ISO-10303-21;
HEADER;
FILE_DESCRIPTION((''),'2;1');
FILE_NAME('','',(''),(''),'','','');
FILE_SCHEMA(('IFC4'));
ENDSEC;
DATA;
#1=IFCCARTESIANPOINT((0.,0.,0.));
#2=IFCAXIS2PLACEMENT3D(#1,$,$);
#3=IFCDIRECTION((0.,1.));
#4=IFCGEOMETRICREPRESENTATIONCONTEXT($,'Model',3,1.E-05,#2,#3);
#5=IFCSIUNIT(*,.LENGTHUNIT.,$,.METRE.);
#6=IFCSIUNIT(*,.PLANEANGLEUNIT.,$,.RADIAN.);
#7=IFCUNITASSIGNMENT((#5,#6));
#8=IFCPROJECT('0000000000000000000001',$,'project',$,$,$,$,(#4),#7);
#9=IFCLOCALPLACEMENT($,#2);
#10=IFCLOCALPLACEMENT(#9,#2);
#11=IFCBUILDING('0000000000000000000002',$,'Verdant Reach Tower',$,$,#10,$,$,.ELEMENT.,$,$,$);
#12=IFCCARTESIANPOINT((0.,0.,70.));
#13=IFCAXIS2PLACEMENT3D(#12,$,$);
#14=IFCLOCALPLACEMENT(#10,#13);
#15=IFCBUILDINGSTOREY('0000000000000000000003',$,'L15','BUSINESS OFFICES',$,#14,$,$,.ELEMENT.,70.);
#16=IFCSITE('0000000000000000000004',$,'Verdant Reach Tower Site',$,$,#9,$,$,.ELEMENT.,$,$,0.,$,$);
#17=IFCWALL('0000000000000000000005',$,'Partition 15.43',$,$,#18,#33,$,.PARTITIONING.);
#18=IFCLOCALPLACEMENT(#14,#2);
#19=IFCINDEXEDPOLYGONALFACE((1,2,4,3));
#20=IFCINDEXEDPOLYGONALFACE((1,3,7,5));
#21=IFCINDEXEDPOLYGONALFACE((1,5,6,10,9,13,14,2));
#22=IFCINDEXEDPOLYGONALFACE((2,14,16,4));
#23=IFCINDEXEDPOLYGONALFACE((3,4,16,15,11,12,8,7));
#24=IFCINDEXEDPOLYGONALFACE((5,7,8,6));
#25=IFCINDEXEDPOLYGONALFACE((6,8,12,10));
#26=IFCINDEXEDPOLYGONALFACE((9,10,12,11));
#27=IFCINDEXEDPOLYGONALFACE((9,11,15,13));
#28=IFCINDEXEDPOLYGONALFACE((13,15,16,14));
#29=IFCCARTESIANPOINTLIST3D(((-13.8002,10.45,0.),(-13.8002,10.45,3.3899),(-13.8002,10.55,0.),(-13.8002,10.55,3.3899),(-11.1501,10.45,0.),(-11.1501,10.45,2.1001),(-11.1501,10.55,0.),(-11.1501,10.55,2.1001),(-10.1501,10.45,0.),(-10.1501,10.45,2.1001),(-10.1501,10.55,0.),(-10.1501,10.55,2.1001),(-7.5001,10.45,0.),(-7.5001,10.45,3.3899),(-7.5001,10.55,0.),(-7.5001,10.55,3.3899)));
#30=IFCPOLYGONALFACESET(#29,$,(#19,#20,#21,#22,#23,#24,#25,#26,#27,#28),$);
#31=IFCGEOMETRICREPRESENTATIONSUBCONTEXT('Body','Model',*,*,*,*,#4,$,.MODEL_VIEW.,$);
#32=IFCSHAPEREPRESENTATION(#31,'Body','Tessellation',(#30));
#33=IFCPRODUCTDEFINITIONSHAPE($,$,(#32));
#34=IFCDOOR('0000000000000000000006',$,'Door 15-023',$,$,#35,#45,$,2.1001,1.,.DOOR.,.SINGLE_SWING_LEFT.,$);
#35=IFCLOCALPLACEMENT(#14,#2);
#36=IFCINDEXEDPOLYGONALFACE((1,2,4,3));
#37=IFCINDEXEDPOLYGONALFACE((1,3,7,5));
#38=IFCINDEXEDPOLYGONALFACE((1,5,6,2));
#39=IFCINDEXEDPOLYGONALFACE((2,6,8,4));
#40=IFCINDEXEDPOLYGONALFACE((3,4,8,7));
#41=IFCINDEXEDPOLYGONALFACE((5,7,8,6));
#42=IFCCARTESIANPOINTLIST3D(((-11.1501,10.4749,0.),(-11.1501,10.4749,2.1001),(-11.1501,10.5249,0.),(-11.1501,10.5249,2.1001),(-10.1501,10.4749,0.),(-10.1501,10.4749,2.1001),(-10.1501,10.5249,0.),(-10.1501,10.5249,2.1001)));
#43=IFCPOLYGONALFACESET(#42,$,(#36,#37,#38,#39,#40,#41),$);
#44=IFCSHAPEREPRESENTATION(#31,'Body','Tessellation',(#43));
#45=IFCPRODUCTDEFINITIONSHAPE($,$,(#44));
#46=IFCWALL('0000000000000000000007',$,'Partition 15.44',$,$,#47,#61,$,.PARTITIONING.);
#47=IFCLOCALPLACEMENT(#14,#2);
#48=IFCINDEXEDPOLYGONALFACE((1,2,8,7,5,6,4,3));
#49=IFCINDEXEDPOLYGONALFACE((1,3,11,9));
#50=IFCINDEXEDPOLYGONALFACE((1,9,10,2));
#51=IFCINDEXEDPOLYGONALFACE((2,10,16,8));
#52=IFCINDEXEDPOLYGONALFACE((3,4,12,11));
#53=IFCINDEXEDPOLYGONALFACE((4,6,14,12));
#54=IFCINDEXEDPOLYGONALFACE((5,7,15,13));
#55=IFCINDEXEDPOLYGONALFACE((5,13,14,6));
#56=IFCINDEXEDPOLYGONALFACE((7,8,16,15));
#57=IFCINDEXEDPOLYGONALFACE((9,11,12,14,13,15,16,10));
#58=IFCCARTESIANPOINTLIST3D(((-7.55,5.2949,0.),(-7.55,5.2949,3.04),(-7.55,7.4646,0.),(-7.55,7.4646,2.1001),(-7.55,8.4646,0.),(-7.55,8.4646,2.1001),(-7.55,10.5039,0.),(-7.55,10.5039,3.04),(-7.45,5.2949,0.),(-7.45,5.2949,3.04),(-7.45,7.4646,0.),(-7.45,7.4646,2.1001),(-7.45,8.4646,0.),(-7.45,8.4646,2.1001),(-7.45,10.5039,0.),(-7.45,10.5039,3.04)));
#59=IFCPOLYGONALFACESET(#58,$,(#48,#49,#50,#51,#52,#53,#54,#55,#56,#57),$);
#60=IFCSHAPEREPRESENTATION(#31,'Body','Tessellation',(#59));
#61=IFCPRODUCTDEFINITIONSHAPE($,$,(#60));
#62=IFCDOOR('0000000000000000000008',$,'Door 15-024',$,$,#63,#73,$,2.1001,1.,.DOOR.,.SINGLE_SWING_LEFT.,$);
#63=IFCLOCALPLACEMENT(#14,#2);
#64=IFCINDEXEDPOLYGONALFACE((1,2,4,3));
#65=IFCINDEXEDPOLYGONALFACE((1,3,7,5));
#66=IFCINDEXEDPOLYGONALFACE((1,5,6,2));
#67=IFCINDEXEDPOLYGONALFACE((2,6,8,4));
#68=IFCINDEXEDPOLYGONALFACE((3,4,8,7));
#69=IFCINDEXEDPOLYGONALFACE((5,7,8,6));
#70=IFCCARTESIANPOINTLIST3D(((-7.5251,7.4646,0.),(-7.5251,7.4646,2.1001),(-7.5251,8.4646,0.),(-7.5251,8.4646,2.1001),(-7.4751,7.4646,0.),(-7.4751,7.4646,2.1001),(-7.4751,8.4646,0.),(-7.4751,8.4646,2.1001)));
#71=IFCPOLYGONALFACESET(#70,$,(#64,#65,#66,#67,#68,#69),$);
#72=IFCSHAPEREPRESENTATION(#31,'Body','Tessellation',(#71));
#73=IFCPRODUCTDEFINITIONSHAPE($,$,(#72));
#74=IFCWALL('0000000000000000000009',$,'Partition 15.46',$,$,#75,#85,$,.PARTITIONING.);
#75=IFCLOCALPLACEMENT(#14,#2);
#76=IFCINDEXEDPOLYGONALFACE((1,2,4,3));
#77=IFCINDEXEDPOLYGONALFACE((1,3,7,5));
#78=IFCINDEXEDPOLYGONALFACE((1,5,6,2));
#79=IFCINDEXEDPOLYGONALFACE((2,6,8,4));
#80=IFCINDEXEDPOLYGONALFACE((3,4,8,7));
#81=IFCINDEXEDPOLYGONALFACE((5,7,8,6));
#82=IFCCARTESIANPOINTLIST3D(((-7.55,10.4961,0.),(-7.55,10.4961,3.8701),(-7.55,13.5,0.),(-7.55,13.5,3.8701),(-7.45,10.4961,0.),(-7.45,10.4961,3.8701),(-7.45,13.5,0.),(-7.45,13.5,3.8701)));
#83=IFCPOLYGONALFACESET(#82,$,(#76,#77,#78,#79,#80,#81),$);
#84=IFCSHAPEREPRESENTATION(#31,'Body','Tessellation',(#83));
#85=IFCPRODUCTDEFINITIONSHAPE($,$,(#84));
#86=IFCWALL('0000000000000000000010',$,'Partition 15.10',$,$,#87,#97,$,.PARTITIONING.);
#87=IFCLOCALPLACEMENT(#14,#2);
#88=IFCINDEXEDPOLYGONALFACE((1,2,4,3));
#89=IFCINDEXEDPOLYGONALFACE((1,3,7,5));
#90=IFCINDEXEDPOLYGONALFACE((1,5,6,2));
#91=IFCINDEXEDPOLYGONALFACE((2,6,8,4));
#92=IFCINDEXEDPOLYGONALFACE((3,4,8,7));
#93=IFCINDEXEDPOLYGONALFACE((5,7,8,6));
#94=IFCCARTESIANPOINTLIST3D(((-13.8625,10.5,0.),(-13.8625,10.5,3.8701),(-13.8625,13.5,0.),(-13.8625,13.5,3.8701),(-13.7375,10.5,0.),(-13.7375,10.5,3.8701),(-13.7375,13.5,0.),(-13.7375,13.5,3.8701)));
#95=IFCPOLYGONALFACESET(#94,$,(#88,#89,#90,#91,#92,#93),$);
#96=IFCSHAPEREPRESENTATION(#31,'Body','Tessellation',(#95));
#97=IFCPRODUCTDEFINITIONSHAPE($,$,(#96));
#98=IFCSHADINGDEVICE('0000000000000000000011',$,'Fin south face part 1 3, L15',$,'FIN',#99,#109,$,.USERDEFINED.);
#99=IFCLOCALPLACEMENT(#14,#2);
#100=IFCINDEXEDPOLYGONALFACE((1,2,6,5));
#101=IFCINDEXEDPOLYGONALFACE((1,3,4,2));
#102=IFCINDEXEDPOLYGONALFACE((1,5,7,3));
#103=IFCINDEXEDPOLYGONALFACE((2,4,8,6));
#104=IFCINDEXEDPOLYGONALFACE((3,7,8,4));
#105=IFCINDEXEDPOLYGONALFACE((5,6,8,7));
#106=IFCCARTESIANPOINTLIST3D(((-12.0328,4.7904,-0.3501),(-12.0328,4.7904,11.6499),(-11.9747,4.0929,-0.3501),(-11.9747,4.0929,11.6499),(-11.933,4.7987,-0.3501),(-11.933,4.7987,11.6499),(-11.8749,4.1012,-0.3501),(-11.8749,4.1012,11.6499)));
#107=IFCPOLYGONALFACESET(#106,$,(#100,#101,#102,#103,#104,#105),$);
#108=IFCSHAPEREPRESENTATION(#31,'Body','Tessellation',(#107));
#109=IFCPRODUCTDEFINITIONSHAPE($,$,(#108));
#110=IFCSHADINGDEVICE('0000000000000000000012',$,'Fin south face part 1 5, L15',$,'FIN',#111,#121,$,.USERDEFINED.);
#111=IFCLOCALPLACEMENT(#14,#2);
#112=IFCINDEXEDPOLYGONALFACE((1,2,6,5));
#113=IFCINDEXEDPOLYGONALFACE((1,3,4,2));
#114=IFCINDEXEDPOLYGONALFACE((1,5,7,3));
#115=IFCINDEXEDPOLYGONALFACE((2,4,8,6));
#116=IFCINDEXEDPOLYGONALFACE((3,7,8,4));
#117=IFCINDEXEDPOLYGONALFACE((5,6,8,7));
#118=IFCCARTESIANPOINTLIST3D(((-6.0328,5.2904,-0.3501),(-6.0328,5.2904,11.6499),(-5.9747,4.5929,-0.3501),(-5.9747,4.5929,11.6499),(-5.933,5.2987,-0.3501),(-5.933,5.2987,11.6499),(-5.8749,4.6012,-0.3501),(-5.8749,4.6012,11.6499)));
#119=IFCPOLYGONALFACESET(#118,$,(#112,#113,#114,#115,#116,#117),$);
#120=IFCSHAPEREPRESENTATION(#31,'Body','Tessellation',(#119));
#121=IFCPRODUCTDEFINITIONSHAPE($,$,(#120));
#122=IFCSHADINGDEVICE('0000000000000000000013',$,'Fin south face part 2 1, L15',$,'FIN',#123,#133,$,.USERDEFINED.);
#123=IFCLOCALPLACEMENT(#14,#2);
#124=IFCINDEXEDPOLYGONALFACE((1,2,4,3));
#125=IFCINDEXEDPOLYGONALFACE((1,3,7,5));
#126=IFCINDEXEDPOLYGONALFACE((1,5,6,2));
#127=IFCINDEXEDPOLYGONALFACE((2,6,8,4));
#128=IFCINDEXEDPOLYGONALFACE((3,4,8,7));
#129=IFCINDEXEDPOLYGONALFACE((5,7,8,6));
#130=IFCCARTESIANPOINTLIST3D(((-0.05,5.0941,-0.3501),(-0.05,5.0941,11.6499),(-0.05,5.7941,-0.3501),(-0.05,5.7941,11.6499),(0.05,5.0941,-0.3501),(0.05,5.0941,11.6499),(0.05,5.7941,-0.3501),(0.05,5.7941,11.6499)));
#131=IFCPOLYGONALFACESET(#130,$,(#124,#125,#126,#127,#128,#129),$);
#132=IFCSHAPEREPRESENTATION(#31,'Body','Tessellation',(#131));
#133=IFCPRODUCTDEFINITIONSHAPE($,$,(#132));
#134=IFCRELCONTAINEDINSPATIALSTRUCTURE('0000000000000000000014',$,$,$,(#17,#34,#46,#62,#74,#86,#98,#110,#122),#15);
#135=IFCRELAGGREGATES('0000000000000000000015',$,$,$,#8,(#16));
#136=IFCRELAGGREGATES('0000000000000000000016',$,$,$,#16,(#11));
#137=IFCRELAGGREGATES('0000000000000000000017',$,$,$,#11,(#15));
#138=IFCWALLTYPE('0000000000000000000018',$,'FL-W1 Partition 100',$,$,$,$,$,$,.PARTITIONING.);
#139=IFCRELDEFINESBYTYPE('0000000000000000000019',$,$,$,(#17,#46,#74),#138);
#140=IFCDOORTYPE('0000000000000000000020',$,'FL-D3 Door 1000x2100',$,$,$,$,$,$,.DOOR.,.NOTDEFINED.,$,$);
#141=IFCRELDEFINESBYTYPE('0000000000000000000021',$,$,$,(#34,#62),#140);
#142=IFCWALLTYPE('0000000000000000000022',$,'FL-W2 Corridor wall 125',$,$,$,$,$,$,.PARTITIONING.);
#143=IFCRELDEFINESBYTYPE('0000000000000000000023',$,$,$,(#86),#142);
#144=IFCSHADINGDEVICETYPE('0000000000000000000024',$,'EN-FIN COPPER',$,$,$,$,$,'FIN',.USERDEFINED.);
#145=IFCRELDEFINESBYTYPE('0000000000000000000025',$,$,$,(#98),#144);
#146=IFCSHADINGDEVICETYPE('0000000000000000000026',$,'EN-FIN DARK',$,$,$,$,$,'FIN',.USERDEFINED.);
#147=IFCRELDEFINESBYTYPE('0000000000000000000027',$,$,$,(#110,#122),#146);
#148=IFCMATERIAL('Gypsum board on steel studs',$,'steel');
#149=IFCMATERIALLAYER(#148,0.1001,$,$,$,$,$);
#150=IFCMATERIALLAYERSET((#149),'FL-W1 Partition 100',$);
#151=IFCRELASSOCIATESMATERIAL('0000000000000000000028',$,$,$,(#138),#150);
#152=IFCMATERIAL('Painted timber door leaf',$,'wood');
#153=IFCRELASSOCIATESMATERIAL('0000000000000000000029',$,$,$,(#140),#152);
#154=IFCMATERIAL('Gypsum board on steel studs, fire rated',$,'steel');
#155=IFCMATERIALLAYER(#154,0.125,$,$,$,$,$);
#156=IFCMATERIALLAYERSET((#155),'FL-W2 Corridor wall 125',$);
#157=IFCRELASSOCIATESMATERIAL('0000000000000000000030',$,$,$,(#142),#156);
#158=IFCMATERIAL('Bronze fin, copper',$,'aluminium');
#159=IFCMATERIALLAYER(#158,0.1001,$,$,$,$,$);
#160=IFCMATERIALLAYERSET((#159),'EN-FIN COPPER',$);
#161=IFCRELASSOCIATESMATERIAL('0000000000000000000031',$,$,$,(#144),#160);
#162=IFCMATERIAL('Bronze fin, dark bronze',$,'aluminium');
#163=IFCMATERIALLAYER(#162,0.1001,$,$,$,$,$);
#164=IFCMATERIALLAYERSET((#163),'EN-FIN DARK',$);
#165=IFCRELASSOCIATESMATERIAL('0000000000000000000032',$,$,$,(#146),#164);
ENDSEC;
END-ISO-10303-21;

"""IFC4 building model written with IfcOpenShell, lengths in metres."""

from ifc_helpers import new_model, si_unit, direction, frame, frame_2d, origin, origin_2d, place, context, subcontext, project, spatial, rectangle, extrude, material, layer, layer_set, type_object, element, fill, save


model = new_model("IFC4")

# Units and contexts
model_context = context("Model", 3, precision=1e-05, world=origin(), true_north=direction((0.0, 1.0)))
body_context = subcontext(model_context, "Body", "Model", "MODEL_VIEW")
ifc_project = project(units=[si_unit("LENGTHUNIT", "METRE"), si_unit("PLANEANGLEUNIT", "RADIAN")], contexts=[model_context])

# Site, building, storey
site_placement = place(None, origin())
site = spatial("IfcSite", under=ifc_project, at=site_placement, Name="Verdant Reach Tower Site", CompositionType="ELEMENT", RefElevation=0.0)
building_placement = place(site_placement, origin())
building = spatial("IfcBuilding", under=site, at=building_placement, Name="Verdant Reach Tower", CompositionType="ELEMENT")
storey_placement = place(building_placement, frame((0.0, 0.0, 70.0)))
storey = spatial("IfcBuildingStorey", under=building, at=storey_placement, Name="L15", Description="BUSINESS OFFICES", CompositionType="ELEMENT", Elevation=70.0)

# Walls, openings, doors
ifc_material_1 = material(Name="Gypsum board on steel studs", Category="steel")
ifc_layer_1 = layer(ifc_material_1, 0.1001)
ifc_layer_set_1 = layer_set([ifc_layer_1], Name="FL-W1 Partition 100")
wall_type_1 = type_object("IfcWallType", Name="FL-W1 Partition 100", PredefinedType="PARTITIONING", material=ifc_layer_set_1)
wall_1_placement = place(storey_placement, frame((-13.8, 10.5, 0.0), z_axis=(0.0, 0.0, 1.0), x_axis=(1.0, 0.0, 0.0)))
wall_1 = element("IfcWall", 1, at=wall_1_placement, inside=storey, type_object=wall_type_1, Name="Partition 15.43", PredefinedType="PARTITIONING", context=body_context, shape_type="SweptSolid", body=[
    extrude(rectangle(XDim=6.3, YDim=0.1001, at=frame_2d((3.1499, 0.0))), origin(), (0.0, 0.0, 1.0), 3.3899),
])
opening_1_placement = place(wall_1_placement, frame((2.6499, 0.0, 0.0)))
opening_1 = element("IfcOpeningElement", 2, at=opening_1_placement, cuts=wall_1, PredefinedType="OPENING", context=body_context, shape_type="SweptSolid", body=[
    extrude(rectangle(XDim=1.0, YDim=2.1001, at=frame_2d((0.5, 1.05))), frame((0.0, 0.0601, 0.0), z_axis=(0.0, -1.0, 0.0), x_axis=(1.0, 0.0, 0.0)), (0.0, 0.0, 1.0), 0.1201),
])
ifc_material_2 = material(Name="Painted timber door leaf", Category="wood")
door_type = type_object("IfcDoorType", Name="FL-D3 Door 1000x2100", OperationType="NOTDEFINED", PredefinedType="DOOR", material=ifc_material_2)
door_1_placement = place(opening_1_placement, origin())
door_1 = element("IfcDoor", 3, at=door_1_placement, inside=storey, type_object=door_type, Name="Door 15-023", OperationType="SINGLE_SWING_LEFT", OverallHeight=2.1001, OverallWidth=1.0, PredefinedType="DOOR", context=body_context, shape_type="SweptSolid", body=[
    extrude(rectangle(XDim=1.0, YDim=2.1001, at=frame_2d((0.5, 1.05))), frame((0.0, 0.0249, 0.0), z_axis=(0.0, -1.0, 0.0), x_axis=(1.0, 0.0, 0.0)), (0.0, 0.0, 1.0), 0.05),
])
fill(opening_1, door_1)
wall_2_placement = place(storey_placement, frame((-7.5, 10.5039, 0.0), z_axis=(0.0, 0.0, 1.0), x_axis=(0.0, -1.0, 0.0)))
wall_2 = element("IfcWall", 4, at=wall_2_placement, inside=storey, type_object=wall_type_1, Name="Partition 15.44", PredefinedType="PARTITIONING", context=body_context, shape_type="SweptSolid", body=[
    extrude(rectangle(XDim=5.209, YDim=0.1001, at=frame_2d((2.6045, 0.0))), origin(), (0.0, 0.0, 1.0), 3.04),
])
opening_2_placement = place(wall_2_placement, frame((2.0393, 0.0, 0.0)))
opening_2 = element("IfcOpeningElement", 5, at=opening_2_placement, cuts=wall_2, PredefinedType="OPENING", context=body_context, shape_type="SweptSolid", body=[
    extrude(rectangle(XDim=1.0, YDim=2.1001, at=frame_2d((0.5, 1.05))), frame((0.0, 0.0601, 0.0), z_axis=(0.0, -1.0, 0.0), x_axis=(1.0, 0.0, 0.0)), (0.0, 0.0, 1.0), 0.1201),
])
door_2_placement = place(opening_2_placement, origin())
door_2 = element("IfcDoor", 6, at=door_2_placement, inside=storey, type_object=door_type, Name="Door 15-024", OperationType="SINGLE_SWING_LEFT", OverallHeight=2.1001, OverallWidth=1.0, PredefinedType="DOOR", context=body_context, shape_type="SweptSolid", body=[
    extrude(rectangle(XDim=1.0, YDim=2.1001, at=frame_2d((0.5, 1.05))), frame((0.0, 0.0249, 0.0), z_axis=(0.0, -1.0, 0.0), x_axis=(1.0, 0.0, 0.0)), (0.0, 0.0, 1.0), 0.05),
])
fill(opening_2, door_2)

# Walls
wall_3_placement = place(storey_placement, frame((-7.5, 10.4961, 0.0), z_axis=(0.0, 0.0, 1.0), x_axis=(0.0, 1.0, 0.0)))
element("IfcWall", 7, at=wall_3_placement, inside=storey, type_object=wall_type_1, Name="Partition 15.46", PredefinedType="PARTITIONING", context=body_context, shape_type="SweptSolid", body=[
    extrude(rectangle(XDim=3.0039, YDim=0.1001, at=frame_2d((1.502, 0.0))), origin(), (0.0, 0.0, 1.0), 3.8701),
])
ifc_material_3 = material(Name="Gypsum board on steel studs, fire rated", Category="steel")
ifc_layer_2 = layer(ifc_material_3, 0.125)
ifc_layer_set_2 = layer_set([ifc_layer_2], Name="FL-W2 Corridor wall 125")
wall_type_2 = type_object("IfcWallType", Name="FL-W2 Corridor wall 125", PredefinedType="PARTITIONING", material=ifc_layer_set_2)
wall_4_placement = place(storey_placement, frame((-13.8, 10.5, 0.0), z_axis=(0.0, 0.0, 1.0), x_axis=(0.0, 1.0, 0.0)))
element("IfcWall", 8, at=wall_4_placement, inside=storey, type_object=wall_type_2, Name="Partition 15.10", PredefinedType="PARTITIONING", context=body_context, shape_type="SweptSolid", body=[
    extrude(rectangle(XDim=3.0, YDim=0.125, at=frame_2d((1.5, 0.0))), origin(), (0.0, 0.0, 1.0), 3.8701),
])

# Shading devices
ifc_material_4 = material(Name="Bronze fin, copper", Category="aluminium")
ifc_layer_3 = layer(ifc_material_4, 0.1001)
ifc_layer_set_3 = layer_set([ifc_layer_3], Name="EN-FIN COPPER")
shading_device_type_1 = type_object("IfcShadingDeviceType", Name="EN-FIN COPPER", ElementType="FIN", PredefinedType="USERDEFINED", material=ifc_layer_set_3)
shading_device_placement = place(storey_placement, frame((-11.9539, 4.4458, -0.3501), z_axis=(0.0, 0.0, 1.0), x_axis=(0.996546, 0.083045, 0.0)))
element("IfcShadingDevice", 9, at=shading_device_placement, inside=storey, type_object=shading_device_type_1, Name="Fin south face part 1 3, L15", ObjectType="FIN", PredefinedType="USERDEFINED", context=body_context, shape_type="SweptSolid", body=[
    extrude(rectangle(XDim=0.1001, YDim=0.7, at=origin_2d()), origin(), (0.0, 0.0, 1.0), 12.0),
])
ifc_material_5 = material(Name="Bronze fin, dark bronze", Category="aluminium")
ifc_layer_4 = layer(ifc_material_5, 0.1001)
ifc_layer_set_4 = layer_set([ifc_layer_4], Name="EN-FIN DARK")
shading_device_type_2 = type_object("IfcShadingDeviceType", Name="EN-FIN DARK", ElementType="FIN", PredefinedType="USERDEFINED", material=ifc_layer_set_4)
for number, where, z_axis, x_axis, name in (
    (10, (-5.9539, 4.9458, -0.3501), (0.0, 0.0, 1.0), (0.996546, 0.083045, 0.0), "Fin south face part 1 5, L15"),
    (11, (0.0, 5.4441, -0.3501), (0.0, 0.0, 1.0), (1.0, 0.0, 0.0), "Fin south face part 2 1, L15"),
):
    element("IfcShadingDevice", number, at=place(storey_placement, frame(where, z_axis=z_axis, x_axis=x_axis)), inside=storey, type_object=shading_device_type_2, Name=name, ObjectType="FIN", PredefinedType="USERDEFINED", context=body_context, shape_type="SweptSolid", body=[
        extrude(rectangle(XDim=0.1001, YDim=0.7, at=origin_2d()), origin(), (0.0, 0.0, 1.0), 12.0),
    ])

save(model, "model.ifc")
